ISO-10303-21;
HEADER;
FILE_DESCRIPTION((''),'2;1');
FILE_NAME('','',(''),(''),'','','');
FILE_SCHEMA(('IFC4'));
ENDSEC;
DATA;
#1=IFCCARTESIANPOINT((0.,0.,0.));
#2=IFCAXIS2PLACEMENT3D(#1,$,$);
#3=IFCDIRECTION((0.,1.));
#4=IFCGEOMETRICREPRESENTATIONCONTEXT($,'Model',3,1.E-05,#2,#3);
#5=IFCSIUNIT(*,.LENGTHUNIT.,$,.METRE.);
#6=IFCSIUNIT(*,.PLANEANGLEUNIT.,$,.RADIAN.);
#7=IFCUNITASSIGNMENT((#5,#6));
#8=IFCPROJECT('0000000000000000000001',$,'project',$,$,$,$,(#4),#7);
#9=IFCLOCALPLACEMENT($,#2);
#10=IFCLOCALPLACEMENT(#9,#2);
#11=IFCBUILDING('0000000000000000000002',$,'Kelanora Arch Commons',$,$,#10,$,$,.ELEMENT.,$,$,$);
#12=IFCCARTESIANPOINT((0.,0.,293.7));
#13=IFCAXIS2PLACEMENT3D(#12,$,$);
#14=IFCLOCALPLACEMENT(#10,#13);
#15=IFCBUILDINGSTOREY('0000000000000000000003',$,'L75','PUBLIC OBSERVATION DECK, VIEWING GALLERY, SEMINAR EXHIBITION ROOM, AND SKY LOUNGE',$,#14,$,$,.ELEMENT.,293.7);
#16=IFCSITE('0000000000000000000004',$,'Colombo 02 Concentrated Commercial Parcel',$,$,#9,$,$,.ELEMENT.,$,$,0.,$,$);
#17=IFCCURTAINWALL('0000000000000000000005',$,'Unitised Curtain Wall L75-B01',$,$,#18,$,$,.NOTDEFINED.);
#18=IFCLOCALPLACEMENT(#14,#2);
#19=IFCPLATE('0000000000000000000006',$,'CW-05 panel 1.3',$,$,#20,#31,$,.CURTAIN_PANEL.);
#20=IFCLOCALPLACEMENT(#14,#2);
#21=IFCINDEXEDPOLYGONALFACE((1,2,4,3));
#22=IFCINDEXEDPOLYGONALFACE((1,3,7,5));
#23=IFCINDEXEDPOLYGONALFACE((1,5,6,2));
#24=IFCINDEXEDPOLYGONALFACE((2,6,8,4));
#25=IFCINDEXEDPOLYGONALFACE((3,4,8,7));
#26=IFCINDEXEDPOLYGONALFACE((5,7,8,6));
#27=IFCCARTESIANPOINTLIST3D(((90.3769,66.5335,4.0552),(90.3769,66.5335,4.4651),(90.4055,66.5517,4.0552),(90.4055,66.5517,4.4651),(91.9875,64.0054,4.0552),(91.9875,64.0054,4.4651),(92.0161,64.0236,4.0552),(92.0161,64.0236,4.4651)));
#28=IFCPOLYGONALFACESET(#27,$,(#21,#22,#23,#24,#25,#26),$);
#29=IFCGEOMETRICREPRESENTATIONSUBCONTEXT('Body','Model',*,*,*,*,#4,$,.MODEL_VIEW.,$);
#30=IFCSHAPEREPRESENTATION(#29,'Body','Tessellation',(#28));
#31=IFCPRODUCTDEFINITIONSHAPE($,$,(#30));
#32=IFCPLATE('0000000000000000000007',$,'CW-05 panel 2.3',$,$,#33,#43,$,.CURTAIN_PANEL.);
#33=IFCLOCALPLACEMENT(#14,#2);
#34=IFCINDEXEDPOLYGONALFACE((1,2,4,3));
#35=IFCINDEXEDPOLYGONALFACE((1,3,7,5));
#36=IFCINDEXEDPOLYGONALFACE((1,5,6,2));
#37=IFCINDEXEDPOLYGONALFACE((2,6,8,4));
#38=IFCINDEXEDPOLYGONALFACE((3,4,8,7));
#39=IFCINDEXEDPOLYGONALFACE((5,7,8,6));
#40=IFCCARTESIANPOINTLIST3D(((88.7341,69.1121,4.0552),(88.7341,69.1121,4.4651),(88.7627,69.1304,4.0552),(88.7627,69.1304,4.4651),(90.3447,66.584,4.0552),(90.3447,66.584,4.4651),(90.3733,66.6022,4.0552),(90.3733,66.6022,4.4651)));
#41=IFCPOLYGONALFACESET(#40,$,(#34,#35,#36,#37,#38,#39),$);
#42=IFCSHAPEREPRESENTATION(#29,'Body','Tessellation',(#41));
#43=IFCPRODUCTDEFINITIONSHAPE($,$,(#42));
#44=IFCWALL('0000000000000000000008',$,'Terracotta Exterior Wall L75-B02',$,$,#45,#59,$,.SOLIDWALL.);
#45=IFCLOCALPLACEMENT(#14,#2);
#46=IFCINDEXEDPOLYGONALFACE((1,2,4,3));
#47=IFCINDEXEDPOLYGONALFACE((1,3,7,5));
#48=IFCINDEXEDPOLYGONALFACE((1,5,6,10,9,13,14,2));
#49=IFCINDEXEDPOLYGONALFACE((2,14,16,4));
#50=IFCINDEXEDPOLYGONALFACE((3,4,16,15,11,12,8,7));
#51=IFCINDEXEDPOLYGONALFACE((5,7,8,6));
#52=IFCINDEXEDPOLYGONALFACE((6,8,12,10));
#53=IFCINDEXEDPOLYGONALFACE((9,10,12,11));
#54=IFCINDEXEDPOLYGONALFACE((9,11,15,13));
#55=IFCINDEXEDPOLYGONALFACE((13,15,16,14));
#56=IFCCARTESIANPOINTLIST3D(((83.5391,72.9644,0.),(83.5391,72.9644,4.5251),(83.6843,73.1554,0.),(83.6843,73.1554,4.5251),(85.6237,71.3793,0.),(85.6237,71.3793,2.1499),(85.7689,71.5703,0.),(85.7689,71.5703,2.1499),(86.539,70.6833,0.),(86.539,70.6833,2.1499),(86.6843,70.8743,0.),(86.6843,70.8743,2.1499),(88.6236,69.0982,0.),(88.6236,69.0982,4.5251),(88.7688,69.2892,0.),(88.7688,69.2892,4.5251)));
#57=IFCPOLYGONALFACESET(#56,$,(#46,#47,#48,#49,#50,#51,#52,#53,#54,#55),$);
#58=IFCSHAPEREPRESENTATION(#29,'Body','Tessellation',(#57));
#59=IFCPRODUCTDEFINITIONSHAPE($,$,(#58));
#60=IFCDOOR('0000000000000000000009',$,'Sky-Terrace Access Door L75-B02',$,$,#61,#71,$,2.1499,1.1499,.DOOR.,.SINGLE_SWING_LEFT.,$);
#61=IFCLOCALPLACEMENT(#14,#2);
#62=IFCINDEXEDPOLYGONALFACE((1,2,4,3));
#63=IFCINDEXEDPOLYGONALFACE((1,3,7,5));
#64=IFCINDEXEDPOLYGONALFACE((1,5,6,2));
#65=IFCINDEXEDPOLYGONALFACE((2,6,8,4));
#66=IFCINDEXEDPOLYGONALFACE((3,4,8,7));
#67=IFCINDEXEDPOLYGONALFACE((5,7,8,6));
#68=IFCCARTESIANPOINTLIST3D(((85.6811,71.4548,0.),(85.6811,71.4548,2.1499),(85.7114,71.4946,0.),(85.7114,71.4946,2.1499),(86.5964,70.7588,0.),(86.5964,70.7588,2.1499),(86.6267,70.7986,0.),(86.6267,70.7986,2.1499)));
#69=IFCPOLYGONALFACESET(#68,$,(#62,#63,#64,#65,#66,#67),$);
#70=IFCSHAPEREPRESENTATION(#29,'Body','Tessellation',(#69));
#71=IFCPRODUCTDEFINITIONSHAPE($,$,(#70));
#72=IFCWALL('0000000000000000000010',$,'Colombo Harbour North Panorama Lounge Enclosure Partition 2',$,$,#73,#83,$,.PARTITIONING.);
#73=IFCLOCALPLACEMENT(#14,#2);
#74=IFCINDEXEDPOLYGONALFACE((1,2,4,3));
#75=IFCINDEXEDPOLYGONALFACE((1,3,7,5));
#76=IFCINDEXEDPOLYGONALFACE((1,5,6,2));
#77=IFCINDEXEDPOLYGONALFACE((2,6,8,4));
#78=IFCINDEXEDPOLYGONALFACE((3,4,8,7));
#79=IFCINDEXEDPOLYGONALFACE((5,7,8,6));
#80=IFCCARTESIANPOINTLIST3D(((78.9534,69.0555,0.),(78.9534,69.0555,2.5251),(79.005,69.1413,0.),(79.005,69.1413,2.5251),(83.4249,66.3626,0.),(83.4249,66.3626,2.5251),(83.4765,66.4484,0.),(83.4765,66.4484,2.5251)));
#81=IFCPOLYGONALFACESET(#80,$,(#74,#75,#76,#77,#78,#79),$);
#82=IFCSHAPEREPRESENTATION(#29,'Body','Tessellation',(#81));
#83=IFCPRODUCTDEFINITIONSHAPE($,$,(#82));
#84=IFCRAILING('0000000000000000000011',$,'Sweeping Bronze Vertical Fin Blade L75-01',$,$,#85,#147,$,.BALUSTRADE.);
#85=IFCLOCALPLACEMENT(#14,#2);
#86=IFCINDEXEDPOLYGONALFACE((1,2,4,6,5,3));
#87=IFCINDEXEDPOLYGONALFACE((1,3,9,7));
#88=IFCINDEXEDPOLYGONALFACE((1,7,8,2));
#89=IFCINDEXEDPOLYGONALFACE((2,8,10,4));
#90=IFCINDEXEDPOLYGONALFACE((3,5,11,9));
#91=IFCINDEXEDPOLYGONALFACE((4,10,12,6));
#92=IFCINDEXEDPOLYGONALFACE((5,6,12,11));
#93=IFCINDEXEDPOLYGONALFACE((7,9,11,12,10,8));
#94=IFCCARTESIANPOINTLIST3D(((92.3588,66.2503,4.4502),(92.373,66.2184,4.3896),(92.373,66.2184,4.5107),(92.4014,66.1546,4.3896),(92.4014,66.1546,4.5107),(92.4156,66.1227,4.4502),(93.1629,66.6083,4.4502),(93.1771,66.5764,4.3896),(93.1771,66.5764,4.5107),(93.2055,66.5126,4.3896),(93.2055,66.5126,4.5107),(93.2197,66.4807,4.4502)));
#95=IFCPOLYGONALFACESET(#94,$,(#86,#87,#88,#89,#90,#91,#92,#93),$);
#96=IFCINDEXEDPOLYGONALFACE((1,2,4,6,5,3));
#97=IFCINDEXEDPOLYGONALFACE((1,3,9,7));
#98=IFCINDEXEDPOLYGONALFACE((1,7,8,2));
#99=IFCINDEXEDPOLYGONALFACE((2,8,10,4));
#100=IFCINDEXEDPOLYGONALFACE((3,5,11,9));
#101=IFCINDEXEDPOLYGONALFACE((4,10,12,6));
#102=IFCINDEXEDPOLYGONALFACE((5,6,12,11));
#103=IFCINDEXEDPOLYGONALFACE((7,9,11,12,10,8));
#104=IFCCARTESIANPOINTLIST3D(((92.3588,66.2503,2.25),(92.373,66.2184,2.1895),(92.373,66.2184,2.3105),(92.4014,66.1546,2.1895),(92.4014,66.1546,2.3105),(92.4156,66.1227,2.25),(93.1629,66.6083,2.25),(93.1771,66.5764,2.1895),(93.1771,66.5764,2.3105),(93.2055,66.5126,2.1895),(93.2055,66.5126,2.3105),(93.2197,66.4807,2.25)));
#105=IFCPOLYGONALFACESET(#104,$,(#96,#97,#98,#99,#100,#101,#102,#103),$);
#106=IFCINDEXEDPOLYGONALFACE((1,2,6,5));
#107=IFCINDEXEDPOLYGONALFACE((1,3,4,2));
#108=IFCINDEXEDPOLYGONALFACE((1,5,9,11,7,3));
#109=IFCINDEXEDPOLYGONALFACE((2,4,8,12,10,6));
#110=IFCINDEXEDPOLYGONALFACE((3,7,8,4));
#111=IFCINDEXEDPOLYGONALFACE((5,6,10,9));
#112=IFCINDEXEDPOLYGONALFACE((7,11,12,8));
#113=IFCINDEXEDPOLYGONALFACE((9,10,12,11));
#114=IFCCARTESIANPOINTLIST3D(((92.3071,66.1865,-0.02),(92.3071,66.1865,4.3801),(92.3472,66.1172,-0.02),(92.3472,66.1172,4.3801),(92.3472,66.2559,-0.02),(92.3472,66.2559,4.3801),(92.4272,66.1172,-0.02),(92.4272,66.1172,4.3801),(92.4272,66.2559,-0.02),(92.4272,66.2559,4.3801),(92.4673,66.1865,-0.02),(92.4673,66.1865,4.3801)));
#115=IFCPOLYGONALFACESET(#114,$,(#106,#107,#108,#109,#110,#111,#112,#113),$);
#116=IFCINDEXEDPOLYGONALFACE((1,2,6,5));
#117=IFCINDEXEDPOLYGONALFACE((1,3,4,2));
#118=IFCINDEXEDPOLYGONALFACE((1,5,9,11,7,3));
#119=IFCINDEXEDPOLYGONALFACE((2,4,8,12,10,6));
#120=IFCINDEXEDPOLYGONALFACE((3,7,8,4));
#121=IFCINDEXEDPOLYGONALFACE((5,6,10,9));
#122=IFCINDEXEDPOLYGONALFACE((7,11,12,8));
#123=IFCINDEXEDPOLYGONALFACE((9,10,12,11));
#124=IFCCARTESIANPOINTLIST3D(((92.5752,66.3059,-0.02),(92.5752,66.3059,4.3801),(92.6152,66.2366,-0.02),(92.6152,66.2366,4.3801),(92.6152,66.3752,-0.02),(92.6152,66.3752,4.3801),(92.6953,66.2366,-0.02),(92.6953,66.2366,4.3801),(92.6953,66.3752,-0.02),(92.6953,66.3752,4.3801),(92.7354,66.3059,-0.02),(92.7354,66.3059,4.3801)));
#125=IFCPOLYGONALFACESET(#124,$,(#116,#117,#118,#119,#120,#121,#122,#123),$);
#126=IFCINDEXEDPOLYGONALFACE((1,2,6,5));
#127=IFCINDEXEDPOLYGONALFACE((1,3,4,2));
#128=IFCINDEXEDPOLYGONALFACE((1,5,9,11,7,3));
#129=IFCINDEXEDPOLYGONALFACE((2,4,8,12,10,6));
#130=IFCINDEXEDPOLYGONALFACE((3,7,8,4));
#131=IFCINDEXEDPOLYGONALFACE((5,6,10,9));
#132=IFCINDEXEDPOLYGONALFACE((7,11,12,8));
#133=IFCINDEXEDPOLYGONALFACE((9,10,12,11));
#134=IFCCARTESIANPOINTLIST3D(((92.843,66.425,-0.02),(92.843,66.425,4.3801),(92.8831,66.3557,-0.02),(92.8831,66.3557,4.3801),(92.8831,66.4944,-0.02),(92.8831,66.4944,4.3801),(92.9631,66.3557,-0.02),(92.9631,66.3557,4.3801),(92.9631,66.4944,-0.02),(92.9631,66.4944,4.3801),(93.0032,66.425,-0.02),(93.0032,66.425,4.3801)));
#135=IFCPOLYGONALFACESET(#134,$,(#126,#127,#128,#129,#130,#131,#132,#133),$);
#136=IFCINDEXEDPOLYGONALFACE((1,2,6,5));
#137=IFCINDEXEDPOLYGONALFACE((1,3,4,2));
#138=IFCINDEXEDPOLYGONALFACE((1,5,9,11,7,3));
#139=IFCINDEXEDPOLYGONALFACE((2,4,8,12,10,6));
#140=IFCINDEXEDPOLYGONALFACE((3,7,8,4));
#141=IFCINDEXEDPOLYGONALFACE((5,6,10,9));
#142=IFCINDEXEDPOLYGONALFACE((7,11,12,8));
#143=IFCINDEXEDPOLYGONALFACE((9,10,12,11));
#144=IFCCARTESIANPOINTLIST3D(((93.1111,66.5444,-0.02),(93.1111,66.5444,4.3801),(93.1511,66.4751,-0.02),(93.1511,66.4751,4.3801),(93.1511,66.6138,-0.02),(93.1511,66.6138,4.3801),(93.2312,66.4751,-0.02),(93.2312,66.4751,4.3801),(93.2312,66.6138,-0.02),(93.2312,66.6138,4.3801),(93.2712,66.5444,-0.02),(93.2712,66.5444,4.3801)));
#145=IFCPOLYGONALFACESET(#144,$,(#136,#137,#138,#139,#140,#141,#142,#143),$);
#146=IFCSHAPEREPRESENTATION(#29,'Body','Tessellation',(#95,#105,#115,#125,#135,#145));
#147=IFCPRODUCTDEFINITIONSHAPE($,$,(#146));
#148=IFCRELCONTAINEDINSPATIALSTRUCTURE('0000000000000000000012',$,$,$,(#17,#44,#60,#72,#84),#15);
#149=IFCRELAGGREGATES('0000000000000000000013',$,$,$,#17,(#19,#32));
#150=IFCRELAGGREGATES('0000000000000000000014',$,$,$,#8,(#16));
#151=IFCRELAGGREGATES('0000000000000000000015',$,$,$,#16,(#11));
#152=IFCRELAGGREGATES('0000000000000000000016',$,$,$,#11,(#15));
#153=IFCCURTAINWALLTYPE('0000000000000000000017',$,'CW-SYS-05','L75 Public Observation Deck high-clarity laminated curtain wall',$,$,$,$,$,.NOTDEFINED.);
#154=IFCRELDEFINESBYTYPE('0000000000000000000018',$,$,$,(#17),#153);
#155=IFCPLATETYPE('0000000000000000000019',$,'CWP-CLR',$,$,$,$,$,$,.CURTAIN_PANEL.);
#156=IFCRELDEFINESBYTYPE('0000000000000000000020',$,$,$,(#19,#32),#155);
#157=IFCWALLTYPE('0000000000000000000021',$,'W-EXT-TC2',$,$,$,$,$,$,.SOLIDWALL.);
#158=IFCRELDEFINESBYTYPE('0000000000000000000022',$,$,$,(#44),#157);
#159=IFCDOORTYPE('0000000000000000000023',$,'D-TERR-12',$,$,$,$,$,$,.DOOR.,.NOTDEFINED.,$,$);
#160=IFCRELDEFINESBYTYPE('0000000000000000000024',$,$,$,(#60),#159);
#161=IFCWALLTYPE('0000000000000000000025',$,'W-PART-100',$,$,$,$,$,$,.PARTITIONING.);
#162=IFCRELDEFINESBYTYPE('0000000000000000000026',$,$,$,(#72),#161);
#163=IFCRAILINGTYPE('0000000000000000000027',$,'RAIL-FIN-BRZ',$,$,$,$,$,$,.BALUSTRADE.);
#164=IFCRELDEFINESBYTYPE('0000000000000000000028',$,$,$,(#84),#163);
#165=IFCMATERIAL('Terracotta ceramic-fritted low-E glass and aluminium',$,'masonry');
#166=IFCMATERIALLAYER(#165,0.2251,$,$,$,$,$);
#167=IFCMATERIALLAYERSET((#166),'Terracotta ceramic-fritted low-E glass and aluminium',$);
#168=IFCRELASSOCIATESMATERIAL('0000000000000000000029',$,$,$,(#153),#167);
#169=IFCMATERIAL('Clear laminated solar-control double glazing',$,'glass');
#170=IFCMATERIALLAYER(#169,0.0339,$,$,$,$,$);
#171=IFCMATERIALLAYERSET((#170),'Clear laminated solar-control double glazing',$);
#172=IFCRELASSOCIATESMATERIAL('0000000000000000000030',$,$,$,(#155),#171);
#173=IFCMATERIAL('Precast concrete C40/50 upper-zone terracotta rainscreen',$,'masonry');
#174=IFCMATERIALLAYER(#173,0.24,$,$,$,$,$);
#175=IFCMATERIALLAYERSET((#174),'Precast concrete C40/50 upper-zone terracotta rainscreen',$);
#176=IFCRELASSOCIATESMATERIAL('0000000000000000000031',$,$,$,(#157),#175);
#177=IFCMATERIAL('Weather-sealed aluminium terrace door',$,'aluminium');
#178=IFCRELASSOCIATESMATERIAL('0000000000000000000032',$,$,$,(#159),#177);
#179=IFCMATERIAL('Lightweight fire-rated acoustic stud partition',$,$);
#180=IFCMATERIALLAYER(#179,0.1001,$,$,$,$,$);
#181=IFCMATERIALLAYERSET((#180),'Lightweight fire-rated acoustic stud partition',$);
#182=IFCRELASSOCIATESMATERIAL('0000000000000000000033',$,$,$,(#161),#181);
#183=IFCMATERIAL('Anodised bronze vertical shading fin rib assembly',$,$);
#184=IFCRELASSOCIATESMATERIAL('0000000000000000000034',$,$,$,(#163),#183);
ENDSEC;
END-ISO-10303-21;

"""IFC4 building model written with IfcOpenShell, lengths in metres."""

from ifc_helpers import new_model, si_unit, direction, frame, frame_2d, origin, origin_2d, place, context, subcontext, project, spatial, polyline, rectangle, outline, extrude, source, transform, mapped, material, layer, layer_set, type_object, element, fill, aggregate, save


model = new_model("IFC4")

# Units and contexts
model_context = context("Model", 3, precision=1e-05, world=origin(), true_north=direction((0.0, 1.0)))
body_context = subcontext(model_context, "Body", "Model", "MODEL_VIEW")
ifc_project = project(units=[si_unit("LENGTHUNIT", "METRE"), si_unit("PLANEANGLEUNIT", "RADIAN")], contexts=[model_context])

# Site, building, storey
site_placement = place(None, origin())
site = spatial("IfcSite", under=ifc_project, at=site_placement, Name="Colombo 02 Concentrated Commercial Parcel", CompositionType="ELEMENT", RefElevation=0.0)
building_placement = place(site_placement, origin())
building = spatial("IfcBuilding", under=site, at=building_placement, Name="Kelanora Arch Commons", CompositionType="ELEMENT")
storey_placement = place(building_placement, frame((0.0, 0.0, 293.7)))
storey = spatial("IfcBuildingStorey", under=building, at=storey_placement, Name="L75", Description="PUBLIC OBSERVATION DECK, VIEWING GALLERY, SEMINAR EXHIBITION ROOM, AND SKY LOUNGE", CompositionType="ELEMENT", Elevation=293.7)

# Curtain wall
ifc_material_1 = material(Name="Terracotta ceramic-fritted low-E glass and aluminium", Category="masonry")
ifc_layer_1 = layer(ifc_material_1, 0.2251)
ifc_layer_set_1 = layer_set([ifc_layer_1], Name="Terracotta ceramic-fritted low-E glass and aluminium")
curtain_wall_type = type_object("IfcCurtainWallType", Name="CW-SYS-05", Description="L75 Public Observation Deck high-clarity laminated curtain wall", PredefinedType="NOTDEFINED", material=ifc_layer_set_1)
curtain_wall_1_placement = place(storey_placement, origin())
curtain_wall_1 = element("IfcCurtainWall", 1, at=curtain_wall_1_placement, inside=storey, type_object=curtain_wall_type, Name="Unitised Curtain Wall L75-B01", PredefinedType="NOTDEFINED")

# Plates
ifc_material_2 = material(Name="Clear laminated solar-control double glazing", Category="glass")
ifc_layer_2 = layer(ifc_material_2, 0.0339)
ifc_layer_set_2 = layer_set([ifc_layer_2], Name="Clear laminated solar-control double glazing")
plate_type = type_object("IfcPlateType", Name="CWP-CLR", PredefinedType="CURTAIN_PANEL", material=ifc_layer_set_2)
shared_shape_1 = source(origin(), body_context, "Body", "SweptSolid", [
    extrude(rectangle(XDim=2.9976, YDim=0.0339, at=origin_2d()), origin(), (0.0, 0.0, 1.0), 0.4099),
])
plate_1_placement = place(storey_placement, frame((91.1965, 65.2786, 4.0552), z_axis=(0.0, 0.0, 1.0), x_axis=(-0.5373, 0.843391, 0.0)))
plate_1 = element("IfcPlate", 2, at=plate_1_placement, type_object=plate_type, Name="CW-05 panel 1.3", PredefinedType="CURTAIN_PANEL", context=body_context, shape_type="MappedRepresentation", body=[
    mapped(shared_shape_1, transform((0.0, 0.0, 0.0), scale=1.0)),
])
plate_2_placement = place(storey_placement, frame((89.5537, 67.8572, 4.0552), z_axis=(0.0, 0.0, 1.0), x_axis=(-0.5373, 0.843391, 0.0)))
plate_2 = element("IfcPlate", 3, at=plate_2_placement, type_object=plate_type, Name="CW-05 panel 2.3", PredefinedType="CURTAIN_PANEL", context=body_context, shape_type="MappedRepresentation", body=[
    mapped(shared_shape_1, transform((0.0, 0.0, 0.0), scale=1.0)),
])
aggregate(curtain_wall_1, [plate_1, plate_2])

# Wall, opening, door
ifc_material_3 = material(Name="Precast concrete C40/50 upper-zone terracotta rainscreen", Category="masonry")
ifc_layer_3 = layer(ifc_material_3, 0.24)
ifc_layer_set_3 = layer_set([ifc_layer_3], Name="Precast concrete C40/50 upper-zone terracotta rainscreen")
wall_type_1 = type_object("IfcWallType", Name="W-EXT-TC2", PredefinedType="SOLIDWALL", material=ifc_layer_set_3)
wall_1_placement = place(storey_placement, frame((88.6963, 69.1936, 0.0), z_axis=(0.0, 0.0, 1.0), x_axis=(-0.79601, 0.605283, 0.0)))
wall_1 = element("IfcWall", 4, at=wall_1_placement, inside=storey, type_object=wall_type_1, Name="Terracotta Exterior Wall L75-B02", PredefinedType="SOLIDWALL", context=body_context, shape_type="SweptSolid", body=[
    extrude(rectangle(XDim=6.3875, YDim=0.24, at=frame_2d((3.1938, 0.0))), origin(), (0.0, 0.0, 1.0), 4.5251),
])
opening_placement = place(wall_1_placement, frame((2.6189, 0.0, 0.0)))
opening = element("IfcOpeningElement", 5, at=opening_placement, cuts=wall_1, PredefinedType="OPENING", context=body_context, shape_type="SweptSolid", body=[
    extrude(rectangle(XDim=1.1499, YDim=2.1499, at=frame_2d((0.575, 1.075))), frame((0.0, 0.1299, 0.0), z_axis=(0.0, -1.0, 0.0), x_axis=(1.0, 0.0, 0.0)), (0.0, 0.0, 1.0), 0.26),
])
ifc_material_4 = material(Name="Weather-sealed aluminium terrace door", Category="aluminium")
door_type = type_object("IfcDoorType", Name="D-TERR-12", OperationType="NOTDEFINED", PredefinedType="DOOR", material=ifc_material_4)
door_placement = place(opening_placement, frame((1.1499, 0.0, 0.0), z_axis=(0.0, 0.0, 1.0), x_axis=(-1.0, 0.0, 0.0)))
door = element("IfcDoor", 6, at=door_placement, inside=storey, type_object=door_type, Name="Sky-Terrace Access Door L75-B02", OperationType="SINGLE_SWING_LEFT", OverallHeight=2.1499, OverallWidth=1.1499, PredefinedType="DOOR", context=body_context, shape_type="SweptSolid", body=[
    extrude(rectangle(XDim=1.1499, YDim=2.1499, at=frame_2d((0.575, 1.075))), frame((0.0, 0.0249, 0.0), z_axis=(0.0, -1.0, 0.0), x_axis=(1.0, 0.0, 0.0)), (0.0, 0.0, 1.0), 0.05),
])
fill(opening, door)

# Wall
ifc_material_5 = material(Name="Lightweight fire-rated acoustic stud partition")
ifc_layer_4 = layer(ifc_material_5, 0.1001)
ifc_layer_set_4 = layer_set([ifc_layer_4], Name="Lightweight fire-rated acoustic stud partition")
wall_type_2 = type_object("IfcWallType", Name="W-PART-100", PredefinedType="PARTITIONING", material=ifc_layer_set_4)
wall_2_placement = place(storey_placement, frame((83.4507, 66.4055, 0.0), z_axis=(0.0, 0.0, 1.0), x_axis=(-0.856646, 0.515905, 0.0)))
element("IfcWall", 7, at=wall_2_placement, inside=storey, type_object=wall_type_2, Name="Colombo Harbour North Panorama Lounge Enclosure Partition 2", PredefinedType="PARTITIONING", context=body_context, shape_type="SweptSolid", body=[
    extrude(rectangle(XDim=5.2197, YDim=0.1001, at=frame_2d((2.6099, 0.0))), origin(), (0.0, 0.0, 1.0), 2.5251),
])

# Railing
ifc_material_6 = material(Name="Anodised bronze vertical shading fin rib assembly")
railing_type = type_object("IfcRailingType", Name="RAIL-FIN-BRZ", PredefinedType="BALUSTRADE", material=ifc_material_6)
railing_1_placement = place(storey_placement, frame((92.3872, 66.1865, -0.02)))
element("IfcRailing", 8, at=railing_1_placement, inside=storey, type_object=railing_type, Name="Sweeping Bronze Vertical Fin Blade L75-01", PredefinedType="BALUSTRADE", context=body_context, shape_type="SweptSolid", body=[
    extrude(outline(polyline([(0.0698, 0.0), (0.0349, 0.0605), (-0.0349, 0.0605), (-0.0698, 0.0), (-0.0349, -0.0605), (0.0349, -0.0605), (0.0698, 0.0)])), frame((0.0, 0.0, 4.4702), z_axis=(0.91356, 0.406705, 0.0), x_axis=(-0.406705, 0.91356, 0.0)), (0.0, 0.0, 1.0), 0.8801),
    extrude(outline(polyline([(0.0698, 0.0), (0.0349, 0.0605), (-0.0349, 0.0605), (-0.0698, 0.0), (-0.0349, -0.0605), (0.0349, -0.0605), (0.0698, 0.0)])), frame((0.0, 0.0, 2.27), z_axis=(0.91356, 0.406705, 0.0), x_axis=(-0.406705, 0.91356, 0.0)), (0.0, 0.0, 1.0), 0.8801),
    extrude(outline(polyline([(0.0801, 0.0), (0.04, 0.0693), (-0.04, 0.0693), (-0.0801, 0.0), (-0.04, -0.0693), (0.04, -0.0693), (0.0801, 0.0)])), origin(), (0.0, 0.0, 1.0), 4.4001),
    extrude(outline(polyline([(0.0801, 0.0), (0.04, 0.0693), (-0.04, 0.0693), (-0.0801, 0.0), (-0.04, -0.0693), (0.04, -0.0693), (0.0801, 0.0)])), frame((0.2681, 0.1194, 0.0)), (0.0, 0.0, 1.0), 4.4001),
    extrude(outline(polyline([(0.0801, 0.0), (0.04, 0.0693), (-0.04, 0.0693), (-0.0801, 0.0), (-0.04, -0.0693), (0.04, -0.0693), (0.0801, 0.0)])), frame((0.5359, 0.2385, 0.0)), (0.0, 0.0, 1.0), 4.4001),
    extrude(outline(polyline([(0.0801, 0.0), (0.04, 0.0693), (-0.04, 0.0693), (-0.0801, 0.0), (-0.04, -0.0693), (0.04, -0.0693), (0.0801, 0.0)])), frame((0.804, 0.3579, 0.0)), (0.0, 0.0, 1.0), 4.4001),
])

save(model, "model.ifc")
